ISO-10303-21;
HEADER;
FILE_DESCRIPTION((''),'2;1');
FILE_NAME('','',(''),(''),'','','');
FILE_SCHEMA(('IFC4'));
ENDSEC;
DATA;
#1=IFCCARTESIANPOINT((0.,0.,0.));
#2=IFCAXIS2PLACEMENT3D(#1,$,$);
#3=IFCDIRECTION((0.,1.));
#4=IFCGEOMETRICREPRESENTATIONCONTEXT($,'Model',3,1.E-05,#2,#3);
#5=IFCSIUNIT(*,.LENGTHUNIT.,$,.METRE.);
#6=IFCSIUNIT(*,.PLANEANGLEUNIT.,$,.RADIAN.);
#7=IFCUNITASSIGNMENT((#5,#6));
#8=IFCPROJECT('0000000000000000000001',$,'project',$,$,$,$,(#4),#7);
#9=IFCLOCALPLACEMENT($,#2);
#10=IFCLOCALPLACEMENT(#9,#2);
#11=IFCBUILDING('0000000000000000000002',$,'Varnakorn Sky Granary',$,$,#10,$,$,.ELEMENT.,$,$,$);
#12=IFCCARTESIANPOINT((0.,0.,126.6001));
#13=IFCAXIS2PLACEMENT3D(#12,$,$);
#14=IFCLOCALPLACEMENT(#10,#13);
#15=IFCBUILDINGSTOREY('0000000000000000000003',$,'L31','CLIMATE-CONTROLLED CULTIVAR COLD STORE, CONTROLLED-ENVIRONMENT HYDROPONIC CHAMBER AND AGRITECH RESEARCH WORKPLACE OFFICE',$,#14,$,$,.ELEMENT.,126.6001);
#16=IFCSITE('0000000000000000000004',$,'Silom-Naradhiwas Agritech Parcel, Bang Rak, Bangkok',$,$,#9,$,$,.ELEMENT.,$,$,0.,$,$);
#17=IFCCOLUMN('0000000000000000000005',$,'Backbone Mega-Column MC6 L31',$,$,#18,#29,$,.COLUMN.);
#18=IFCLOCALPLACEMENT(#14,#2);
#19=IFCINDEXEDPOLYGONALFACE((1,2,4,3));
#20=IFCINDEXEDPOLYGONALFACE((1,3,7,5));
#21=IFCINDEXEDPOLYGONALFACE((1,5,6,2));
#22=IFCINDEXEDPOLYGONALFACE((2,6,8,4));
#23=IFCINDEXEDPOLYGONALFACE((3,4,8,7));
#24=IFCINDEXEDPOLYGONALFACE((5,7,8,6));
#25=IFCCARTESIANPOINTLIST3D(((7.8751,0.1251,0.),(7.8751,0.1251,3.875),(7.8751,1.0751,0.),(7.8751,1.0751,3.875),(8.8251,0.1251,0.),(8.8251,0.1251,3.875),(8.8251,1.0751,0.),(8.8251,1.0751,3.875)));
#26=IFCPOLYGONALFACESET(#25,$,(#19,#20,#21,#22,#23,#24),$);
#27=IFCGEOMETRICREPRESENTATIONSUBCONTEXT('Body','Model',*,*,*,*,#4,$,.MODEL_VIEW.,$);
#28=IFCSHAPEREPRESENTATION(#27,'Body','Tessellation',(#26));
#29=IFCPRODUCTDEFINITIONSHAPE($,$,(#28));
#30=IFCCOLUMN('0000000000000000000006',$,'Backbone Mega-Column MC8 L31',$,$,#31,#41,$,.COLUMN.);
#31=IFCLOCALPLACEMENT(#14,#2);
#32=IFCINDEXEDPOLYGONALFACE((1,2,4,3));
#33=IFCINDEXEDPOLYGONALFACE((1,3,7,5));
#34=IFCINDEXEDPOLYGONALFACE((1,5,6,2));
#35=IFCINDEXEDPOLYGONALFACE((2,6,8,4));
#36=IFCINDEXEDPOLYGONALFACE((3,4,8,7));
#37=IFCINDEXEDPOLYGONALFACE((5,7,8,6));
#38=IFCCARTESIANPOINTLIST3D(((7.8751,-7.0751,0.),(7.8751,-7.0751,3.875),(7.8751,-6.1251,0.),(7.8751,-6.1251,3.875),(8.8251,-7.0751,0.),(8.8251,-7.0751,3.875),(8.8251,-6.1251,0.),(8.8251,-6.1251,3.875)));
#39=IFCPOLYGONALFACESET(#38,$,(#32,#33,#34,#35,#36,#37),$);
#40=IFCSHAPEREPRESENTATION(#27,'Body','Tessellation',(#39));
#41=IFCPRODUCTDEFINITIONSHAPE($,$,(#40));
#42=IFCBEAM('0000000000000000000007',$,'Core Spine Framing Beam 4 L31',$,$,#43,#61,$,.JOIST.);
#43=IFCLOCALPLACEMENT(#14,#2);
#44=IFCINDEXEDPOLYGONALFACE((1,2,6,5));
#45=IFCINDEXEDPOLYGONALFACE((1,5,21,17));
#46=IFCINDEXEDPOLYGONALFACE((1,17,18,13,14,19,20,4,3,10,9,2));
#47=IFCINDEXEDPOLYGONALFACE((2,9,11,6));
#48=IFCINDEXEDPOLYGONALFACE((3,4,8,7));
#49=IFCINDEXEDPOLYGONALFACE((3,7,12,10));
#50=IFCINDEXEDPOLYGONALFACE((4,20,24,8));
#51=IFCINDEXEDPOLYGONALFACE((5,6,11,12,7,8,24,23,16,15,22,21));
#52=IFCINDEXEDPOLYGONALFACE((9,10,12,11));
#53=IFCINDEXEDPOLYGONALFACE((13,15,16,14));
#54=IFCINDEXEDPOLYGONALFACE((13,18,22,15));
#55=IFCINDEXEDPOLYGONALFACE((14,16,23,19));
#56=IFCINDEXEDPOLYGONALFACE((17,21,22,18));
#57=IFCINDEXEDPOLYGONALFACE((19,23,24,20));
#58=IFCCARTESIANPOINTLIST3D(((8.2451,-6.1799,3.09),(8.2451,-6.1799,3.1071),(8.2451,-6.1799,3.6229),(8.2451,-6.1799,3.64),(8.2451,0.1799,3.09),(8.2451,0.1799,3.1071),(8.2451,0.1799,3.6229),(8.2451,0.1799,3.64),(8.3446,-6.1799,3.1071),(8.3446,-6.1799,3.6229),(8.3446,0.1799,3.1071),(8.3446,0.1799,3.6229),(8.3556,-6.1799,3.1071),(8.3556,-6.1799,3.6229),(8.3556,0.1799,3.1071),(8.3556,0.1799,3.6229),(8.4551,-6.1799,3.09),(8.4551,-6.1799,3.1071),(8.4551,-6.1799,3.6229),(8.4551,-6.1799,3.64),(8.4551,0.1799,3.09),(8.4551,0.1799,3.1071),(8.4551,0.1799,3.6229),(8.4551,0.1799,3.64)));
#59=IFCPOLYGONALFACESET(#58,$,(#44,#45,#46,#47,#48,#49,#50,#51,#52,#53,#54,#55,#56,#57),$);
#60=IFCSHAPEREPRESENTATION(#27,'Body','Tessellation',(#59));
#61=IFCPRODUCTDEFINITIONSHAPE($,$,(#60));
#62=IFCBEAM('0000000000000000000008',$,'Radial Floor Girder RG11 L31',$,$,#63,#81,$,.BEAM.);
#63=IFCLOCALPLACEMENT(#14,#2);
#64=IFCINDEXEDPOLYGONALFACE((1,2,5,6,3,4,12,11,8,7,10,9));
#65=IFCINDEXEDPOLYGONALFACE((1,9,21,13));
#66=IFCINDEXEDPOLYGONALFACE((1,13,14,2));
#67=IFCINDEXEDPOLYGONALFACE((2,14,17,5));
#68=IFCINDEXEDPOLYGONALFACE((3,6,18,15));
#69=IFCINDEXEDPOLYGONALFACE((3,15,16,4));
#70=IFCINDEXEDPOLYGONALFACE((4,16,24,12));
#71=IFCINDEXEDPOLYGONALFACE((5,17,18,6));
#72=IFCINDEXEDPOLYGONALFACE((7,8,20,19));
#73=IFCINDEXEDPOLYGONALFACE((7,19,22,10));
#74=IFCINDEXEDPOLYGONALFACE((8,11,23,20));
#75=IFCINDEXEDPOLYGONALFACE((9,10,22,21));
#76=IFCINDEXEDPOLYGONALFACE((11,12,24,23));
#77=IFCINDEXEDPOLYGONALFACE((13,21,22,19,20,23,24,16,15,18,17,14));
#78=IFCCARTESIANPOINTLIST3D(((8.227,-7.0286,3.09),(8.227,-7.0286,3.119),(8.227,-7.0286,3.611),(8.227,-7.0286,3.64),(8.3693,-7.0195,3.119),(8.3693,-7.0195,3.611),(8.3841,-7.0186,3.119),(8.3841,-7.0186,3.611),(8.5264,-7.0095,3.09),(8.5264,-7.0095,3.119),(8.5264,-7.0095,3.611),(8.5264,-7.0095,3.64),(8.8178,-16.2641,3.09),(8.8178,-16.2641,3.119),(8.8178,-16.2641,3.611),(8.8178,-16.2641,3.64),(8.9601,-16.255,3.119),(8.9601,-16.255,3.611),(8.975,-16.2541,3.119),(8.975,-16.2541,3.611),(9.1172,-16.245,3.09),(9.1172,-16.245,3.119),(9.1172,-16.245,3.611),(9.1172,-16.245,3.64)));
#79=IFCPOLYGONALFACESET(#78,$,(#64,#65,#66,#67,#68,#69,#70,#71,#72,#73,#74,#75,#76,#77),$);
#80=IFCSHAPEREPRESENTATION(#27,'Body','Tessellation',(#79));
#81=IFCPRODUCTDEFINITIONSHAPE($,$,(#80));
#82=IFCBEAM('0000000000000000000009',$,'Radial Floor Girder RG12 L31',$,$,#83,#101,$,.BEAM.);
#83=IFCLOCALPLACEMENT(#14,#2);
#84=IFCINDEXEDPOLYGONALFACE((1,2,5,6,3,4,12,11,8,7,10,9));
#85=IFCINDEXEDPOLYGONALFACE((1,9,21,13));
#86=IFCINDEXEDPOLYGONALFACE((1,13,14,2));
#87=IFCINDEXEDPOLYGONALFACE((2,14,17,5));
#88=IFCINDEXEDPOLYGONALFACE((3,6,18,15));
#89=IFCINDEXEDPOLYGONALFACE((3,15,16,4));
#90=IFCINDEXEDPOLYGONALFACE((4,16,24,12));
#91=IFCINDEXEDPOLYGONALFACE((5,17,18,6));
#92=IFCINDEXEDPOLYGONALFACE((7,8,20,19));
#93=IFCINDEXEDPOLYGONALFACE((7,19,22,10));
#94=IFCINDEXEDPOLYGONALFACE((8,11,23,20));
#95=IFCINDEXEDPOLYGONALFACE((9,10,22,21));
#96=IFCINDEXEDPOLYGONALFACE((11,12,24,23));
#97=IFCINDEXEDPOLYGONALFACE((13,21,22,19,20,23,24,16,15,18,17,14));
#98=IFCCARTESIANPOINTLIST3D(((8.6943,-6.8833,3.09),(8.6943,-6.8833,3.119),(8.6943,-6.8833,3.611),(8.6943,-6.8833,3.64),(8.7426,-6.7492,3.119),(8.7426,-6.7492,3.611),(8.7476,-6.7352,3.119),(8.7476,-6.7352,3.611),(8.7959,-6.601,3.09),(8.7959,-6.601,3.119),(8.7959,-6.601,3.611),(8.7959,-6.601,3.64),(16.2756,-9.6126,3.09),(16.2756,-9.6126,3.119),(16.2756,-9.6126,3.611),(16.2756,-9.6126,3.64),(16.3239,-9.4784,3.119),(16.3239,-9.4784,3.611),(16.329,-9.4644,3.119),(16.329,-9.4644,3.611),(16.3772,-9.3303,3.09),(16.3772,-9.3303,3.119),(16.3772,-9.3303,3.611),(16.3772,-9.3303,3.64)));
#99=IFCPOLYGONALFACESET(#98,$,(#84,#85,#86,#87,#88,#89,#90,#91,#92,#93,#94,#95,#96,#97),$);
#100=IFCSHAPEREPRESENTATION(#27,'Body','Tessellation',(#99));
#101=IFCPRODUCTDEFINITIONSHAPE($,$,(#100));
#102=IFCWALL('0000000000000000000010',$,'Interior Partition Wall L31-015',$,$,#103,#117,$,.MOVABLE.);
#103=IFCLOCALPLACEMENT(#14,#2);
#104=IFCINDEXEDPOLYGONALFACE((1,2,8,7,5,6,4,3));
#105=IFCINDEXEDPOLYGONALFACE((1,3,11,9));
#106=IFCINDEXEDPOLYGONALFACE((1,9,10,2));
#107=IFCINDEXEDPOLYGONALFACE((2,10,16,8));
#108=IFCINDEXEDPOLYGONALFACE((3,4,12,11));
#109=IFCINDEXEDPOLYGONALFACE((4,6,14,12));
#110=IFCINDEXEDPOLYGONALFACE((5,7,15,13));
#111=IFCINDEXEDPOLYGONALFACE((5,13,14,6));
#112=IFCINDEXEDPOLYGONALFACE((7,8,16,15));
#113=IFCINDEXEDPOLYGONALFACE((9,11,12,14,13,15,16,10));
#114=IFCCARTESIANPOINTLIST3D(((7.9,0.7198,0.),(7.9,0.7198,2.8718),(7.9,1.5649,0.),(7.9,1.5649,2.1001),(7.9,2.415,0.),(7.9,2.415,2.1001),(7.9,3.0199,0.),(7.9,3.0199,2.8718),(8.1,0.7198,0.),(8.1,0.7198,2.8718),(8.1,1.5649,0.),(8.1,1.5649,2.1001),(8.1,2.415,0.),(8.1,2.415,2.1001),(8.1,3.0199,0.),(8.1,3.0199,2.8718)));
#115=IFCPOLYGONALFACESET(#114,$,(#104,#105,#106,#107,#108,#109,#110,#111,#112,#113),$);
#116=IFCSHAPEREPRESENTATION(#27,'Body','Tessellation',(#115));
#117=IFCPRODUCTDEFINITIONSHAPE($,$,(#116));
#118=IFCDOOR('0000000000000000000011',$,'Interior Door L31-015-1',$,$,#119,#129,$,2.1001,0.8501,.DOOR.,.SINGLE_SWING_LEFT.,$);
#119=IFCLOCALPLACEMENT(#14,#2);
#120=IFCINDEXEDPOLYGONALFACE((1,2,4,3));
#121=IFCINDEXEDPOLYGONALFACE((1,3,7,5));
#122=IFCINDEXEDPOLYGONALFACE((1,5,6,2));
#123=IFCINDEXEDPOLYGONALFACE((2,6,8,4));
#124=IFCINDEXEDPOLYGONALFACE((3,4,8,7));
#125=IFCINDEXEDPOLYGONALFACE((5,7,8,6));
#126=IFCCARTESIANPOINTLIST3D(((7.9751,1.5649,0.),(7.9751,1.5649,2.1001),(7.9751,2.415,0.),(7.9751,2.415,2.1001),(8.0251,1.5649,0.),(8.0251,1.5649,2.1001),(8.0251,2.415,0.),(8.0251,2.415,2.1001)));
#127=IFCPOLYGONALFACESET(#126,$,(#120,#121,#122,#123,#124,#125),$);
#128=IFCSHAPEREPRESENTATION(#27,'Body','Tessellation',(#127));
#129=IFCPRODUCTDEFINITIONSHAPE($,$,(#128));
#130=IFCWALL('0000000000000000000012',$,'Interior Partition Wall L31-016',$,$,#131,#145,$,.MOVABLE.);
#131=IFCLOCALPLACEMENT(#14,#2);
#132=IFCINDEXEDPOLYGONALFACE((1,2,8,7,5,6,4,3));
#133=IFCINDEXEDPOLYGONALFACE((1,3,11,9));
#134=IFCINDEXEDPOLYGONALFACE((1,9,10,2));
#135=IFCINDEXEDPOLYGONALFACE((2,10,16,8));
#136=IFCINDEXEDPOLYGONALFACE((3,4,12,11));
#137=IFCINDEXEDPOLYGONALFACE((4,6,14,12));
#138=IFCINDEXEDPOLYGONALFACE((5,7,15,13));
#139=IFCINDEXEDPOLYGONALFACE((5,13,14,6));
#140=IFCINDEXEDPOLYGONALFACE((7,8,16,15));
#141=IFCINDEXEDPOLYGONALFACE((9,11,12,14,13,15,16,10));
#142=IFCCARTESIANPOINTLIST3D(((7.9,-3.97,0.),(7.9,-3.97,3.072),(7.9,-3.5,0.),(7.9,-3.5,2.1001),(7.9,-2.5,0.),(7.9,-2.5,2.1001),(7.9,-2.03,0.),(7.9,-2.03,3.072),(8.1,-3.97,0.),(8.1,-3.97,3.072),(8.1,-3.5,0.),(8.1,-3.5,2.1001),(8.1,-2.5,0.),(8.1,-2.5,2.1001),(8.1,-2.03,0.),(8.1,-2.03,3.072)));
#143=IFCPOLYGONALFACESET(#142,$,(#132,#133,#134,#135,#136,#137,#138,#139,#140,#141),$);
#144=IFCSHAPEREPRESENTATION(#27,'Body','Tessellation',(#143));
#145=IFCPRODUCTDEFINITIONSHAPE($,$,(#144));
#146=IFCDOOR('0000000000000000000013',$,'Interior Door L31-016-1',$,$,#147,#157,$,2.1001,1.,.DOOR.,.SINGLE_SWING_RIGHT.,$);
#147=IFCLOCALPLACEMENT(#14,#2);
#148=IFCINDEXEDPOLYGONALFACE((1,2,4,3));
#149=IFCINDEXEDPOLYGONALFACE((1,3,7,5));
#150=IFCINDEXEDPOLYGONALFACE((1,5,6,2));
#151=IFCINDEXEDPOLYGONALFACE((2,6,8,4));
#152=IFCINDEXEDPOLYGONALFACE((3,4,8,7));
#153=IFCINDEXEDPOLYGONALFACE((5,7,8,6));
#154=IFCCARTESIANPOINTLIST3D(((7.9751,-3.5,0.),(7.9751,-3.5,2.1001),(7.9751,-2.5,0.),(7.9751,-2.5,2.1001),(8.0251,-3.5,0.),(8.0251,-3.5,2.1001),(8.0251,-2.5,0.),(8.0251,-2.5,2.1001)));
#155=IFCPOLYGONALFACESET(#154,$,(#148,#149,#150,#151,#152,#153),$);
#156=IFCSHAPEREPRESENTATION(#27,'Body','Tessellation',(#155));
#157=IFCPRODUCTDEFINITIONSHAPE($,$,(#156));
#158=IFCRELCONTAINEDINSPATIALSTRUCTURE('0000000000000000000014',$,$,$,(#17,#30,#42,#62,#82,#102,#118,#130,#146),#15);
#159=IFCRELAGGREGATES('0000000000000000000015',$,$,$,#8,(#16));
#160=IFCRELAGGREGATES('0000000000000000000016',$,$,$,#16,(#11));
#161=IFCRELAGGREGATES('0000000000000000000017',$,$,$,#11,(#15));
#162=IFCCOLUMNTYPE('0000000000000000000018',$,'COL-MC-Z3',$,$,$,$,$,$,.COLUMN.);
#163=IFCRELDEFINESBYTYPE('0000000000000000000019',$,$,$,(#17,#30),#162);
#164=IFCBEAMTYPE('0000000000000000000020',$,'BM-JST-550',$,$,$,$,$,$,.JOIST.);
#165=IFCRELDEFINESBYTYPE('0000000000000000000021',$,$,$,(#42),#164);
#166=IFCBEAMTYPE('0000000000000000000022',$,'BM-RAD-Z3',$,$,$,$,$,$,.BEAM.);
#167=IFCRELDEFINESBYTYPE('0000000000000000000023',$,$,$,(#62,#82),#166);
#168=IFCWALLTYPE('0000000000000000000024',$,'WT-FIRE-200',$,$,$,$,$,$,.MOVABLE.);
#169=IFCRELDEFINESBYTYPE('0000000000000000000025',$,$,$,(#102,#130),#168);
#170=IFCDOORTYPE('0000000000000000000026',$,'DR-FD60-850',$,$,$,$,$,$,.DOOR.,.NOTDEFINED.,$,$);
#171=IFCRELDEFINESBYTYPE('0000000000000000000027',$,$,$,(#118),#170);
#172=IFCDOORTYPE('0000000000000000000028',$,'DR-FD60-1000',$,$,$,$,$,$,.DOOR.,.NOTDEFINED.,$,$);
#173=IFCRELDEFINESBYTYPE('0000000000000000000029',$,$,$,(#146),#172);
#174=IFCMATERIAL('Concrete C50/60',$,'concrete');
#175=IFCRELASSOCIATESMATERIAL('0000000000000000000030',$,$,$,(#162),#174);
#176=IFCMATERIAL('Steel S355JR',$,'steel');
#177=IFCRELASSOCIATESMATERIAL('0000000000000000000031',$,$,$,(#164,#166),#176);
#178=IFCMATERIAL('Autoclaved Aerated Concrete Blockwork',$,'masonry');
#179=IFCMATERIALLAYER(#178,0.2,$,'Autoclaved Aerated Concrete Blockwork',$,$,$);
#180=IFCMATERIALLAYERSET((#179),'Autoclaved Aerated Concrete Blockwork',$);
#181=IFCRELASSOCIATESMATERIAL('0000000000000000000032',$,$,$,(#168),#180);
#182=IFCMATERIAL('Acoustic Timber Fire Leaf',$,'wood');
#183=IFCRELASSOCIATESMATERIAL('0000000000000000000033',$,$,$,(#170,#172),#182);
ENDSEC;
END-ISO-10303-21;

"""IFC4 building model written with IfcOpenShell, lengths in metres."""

from ifc_helpers import new_model, si_unit, direction, frame, frame_2d, origin, origin_2d, place, context, subcontext, project, spatial, rectangle, i_section, extrude, material, layer, layer_set, material_profile, profile_set, type_object, element, fill, save


model = new_model("IFC4")

# Units and contexts
model_context = context("Model", 3, precision=1e-05, world=origin(), true_north=direction((0.0, 1.0)))
body_context = subcontext(model_context, "Body", "Model", "MODEL_VIEW")
ifc_project = project(units=[si_unit("LENGTHUNIT", "METRE"), si_unit("PLANEANGLEUNIT", "RADIAN")], contexts=[model_context])

# Site, building, storey
site_placement = place(None, origin())
site = spatial("IfcSite", under=ifc_project, at=site_placement, Name="Silom-Naradhiwas Agritech Parcel, Bang Rak, Bangkok", CompositionType="ELEMENT", RefElevation=0.0)
building_placement = place(site_placement, origin())
building = spatial("IfcBuilding", under=site, at=building_placement, Name="Varnakorn Sky Granary", CompositionType="ELEMENT")
storey_placement = place(building_placement, frame((0.0, 0.0, 126.6001)))
storey = spatial("IfcBuildingStorey", under=building, at=storey_placement, Name="L31", Description="CLIMATE-CONTROLLED CULTIVAR COLD STORE, CONTROLLED-ENVIRONMENT HYDROPONIC CHAMBER AND AGRITECH RESEARCH WORKPLACE OFFICE", CompositionType="ELEMENT", Elevation=126.6001)

# Columns
ifc_material_1 = material(Name="Concrete C50/60", Category="concrete")
ifc_material_profile_1 = material_profile(ifc_material_1, rectangle(XDim=0.95, YDim=0.95, at=origin_2d()), Name="RC 950x950")
ifc_profile_set_1 = profile_set([ifc_material_profile_1], Name="Concrete C50/60")
column_type = type_object("IfcColumnType", Name="COL-MC-Z3", PredefinedType="COLUMN", material=ifc_profile_set_1)
for number, where, z_axis, x_axis, name in (
    (1, (8.3501, 0.6001, 0.0), (0.0, 0.0, 1.0), (1.0, 0.0, 0.0), "Backbone Mega-Column MC6 L31"),
    (2, (8.3501, -6.6001, 0.0), (0.0, 0.0, 1.0), (1.0, 0.0, 0.0), "Backbone Mega-Column MC8 L31"),
):
    element("IfcColumn", number, at=place(storey_placement, frame(where, z_axis=z_axis, x_axis=x_axis)), inside=storey, type_object=column_type, Name=name, PredefinedType="COLUMN", context=body_context, shape_type="SweptSolid", body=[
        extrude(rectangle(XDim=0.95, YDim=0.95, at=origin_2d()), origin(), (0.0, 0.0, 1.0), 3.875),
    ])

# Beams
ifc_material_2 = material(Name="Steel S355JR", Category="steel")
ifc_material_profile_2 = material_profile(ifc_material_2, i_section(OverallWidth=0.21, OverallDepth=0.55, WebThickness=0.011, FlangeThickness=0.0171, at=origin_2d()), Name="IPE 550")
ifc_profile_set_2 = profile_set([ifc_material_profile_2], Name="Steel S355JR")
beam_type_1 = type_object("IfcBeamType", Name="BM-JST-550", PredefinedType="JOIST", material=ifc_profile_set_2)
beam_1_placement = place(storey_placement, frame((8.3501, 0.1799, 3.365), z_axis=(0.0, -1.0, 0.0), x_axis=(1.0, 0.0, 0.0)))
element("IfcBeam", 3, at=beam_1_placement, inside=storey, type_object=beam_type_1, Name="Core Spine Framing Beam 4 L31", PredefinedType="JOIST", context=body_context, shape_type="SweptSolid", body=[
    extrude(i_section(OverallWidth=0.21, OverallDepth=0.55, WebThickness=0.011, FlangeThickness=0.0171, at=origin_2d()), origin(), (0.0, 0.0, 1.0), 6.3599),
])
ifc_material_profile_3 = material_profile(ifc_material_2, i_section(OverallWidth=0.3, OverallDepth=0.55, WebThickness=0.0149, FlangeThickness=0.0291, at=origin_2d()), Name="HE 550 B")
ifc_profile_set_3 = profile_set([ifc_material_profile_3], Name="Steel S355JR")
beam_type_2 = type_object("IfcBeamType", Name="BM-RAD-Z3", PredefinedType="BEAM", material=ifc_profile_set_3)
beam_2_placement = place(storey_placement, frame((8.3767, -7.019, 3.365), z_axis=(0.063842, -0.99796, 0.0), x_axis=(0.99796, 0.063842, 0.0)))
element("IfcBeam", 4, at=beam_2_placement, inside=storey, type_object=beam_type_2, Name="Radial Floor Girder RG11 L31", PredefinedType="BEAM", context=body_context, shape_type="SweptSolid", body=[
    extrude(i_section(OverallWidth=0.3, OverallDepth=0.55, WebThickness=0.0149, FlangeThickness=0.0291, at=origin_2d()), origin(), (0.0, 0.0, 1.0), 9.2544),
])
beam_3_placement = place(storey_placement, frame((8.7451, -6.7422, 3.365), z_axis=(0.940888, -0.338717, 0.0), x_axis=(0.338717, 0.940888, 0.0)))
element("IfcBeam", 5, at=beam_3_placement, inside=storey, type_object=beam_type_2, Name="Radial Floor Girder RG12 L31", PredefinedType="BEAM", context=body_context, shape_type="SweptSolid", body=[
    extrude(i_section(OverallWidth=0.3, OverallDepth=0.55, WebThickness=0.0149, FlangeThickness=0.0291, at=origin_2d()), origin(), (0.0, 0.0, 1.0), 8.0576),
])

# Walls, openings, doors
ifc_material_3 = material(Name="Autoclaved Aerated Concrete Blockwork", Category="masonry")
ifc_layer_1 = layer(ifc_material_3, 0.2, Name="Autoclaved Aerated Concrete Blockwork")
ifc_layer_set_1 = layer_set([ifc_layer_1], Name="Autoclaved Aerated Concrete Blockwork")
wall_type_1 = type_object("IfcWallType", Name="WT-FIRE-200", PredefinedType="MOVABLE", material=ifc_layer_set_1)
wall_1_placement = place(storey_placement, frame((8.0, 0.72, 0.0), z_axis=(0.0, 0.0, 1.0), x_axis=(0.0, 1.0, 0.0)))
wall_1 = element("IfcWall", 6, at=wall_1_placement, inside=storey, type_object=wall_type_1, Name="Interior Partition Wall L31-015", PredefinedType="MOVABLE", context=body_context, shape_type="SweptSolid", body=[
    extrude(rectangle(XDim=2.3, YDim=0.2, at=frame_2d((1.1499, 0.0))), origin(), (0.0, 0.0, 1.0), 2.8718),
])
opening_1_placement = place(wall_1_placement, frame((0.845, 0.0, 0.0)))
opening_1 = element("IfcOpeningElement", 7, at=opening_1_placement, cuts=wall_1, PredefinedType="OPENING", context=body_context, shape_type="SweptSolid", body=[
    extrude(rectangle(XDim=0.8501, YDim=2.1001, at=frame_2d((0.425, 1.05))), frame((0.0, 0.1099, 0.0), z_axis=(0.0, -1.0, 0.0), x_axis=(1.0, 0.0, 0.0)), (0.0, 0.0, 1.0), 0.22),
])
ifc_material_4 = material(Name="Acoustic Timber Fire Leaf", Category="wood")
door_type_1 = type_object("IfcDoorType", Name="DR-FD60-850", OperationType="NOTDEFINED", PredefinedType="DOOR", material=ifc_material_4)
door_1_placement = place(opening_1_placement, origin())
door_1 = element("IfcDoor", 8, at=door_1_placement, inside=storey, type_object=door_type_1, Name="Interior Door L31-015-1", OperationType="SINGLE_SWING_LEFT", OverallHeight=2.1001, OverallWidth=0.8501, PredefinedType="DOOR", context=body_context, shape_type="SweptSolid", body=[
    extrude(rectangle(XDim=0.8501, YDim=2.1001, at=frame_2d((0.425, 1.05))), frame((0.0, 0.0249, 0.0), z_axis=(0.0, -1.0, 0.0), x_axis=(1.0, 0.0, 0.0)), (0.0, 0.0, 1.0), 0.05),
])
fill(opening_1, door_1)
wall_2_placement = place(storey_placement, frame((8.0, -3.97, 0.0), z_axis=(0.0, 0.0, 1.0), x_axis=(0.0, 1.0, 0.0)))
wall_2 = element("IfcWall", 9, at=wall_2_placement, inside=storey, type_object=wall_type_1, Name="Interior Partition Wall L31-016", PredefinedType="MOVABLE", context=body_context, shape_type="SweptSolid", body=[
    extrude(rectangle(XDim=1.9399, YDim=0.2, at=frame_2d((0.97, 0.0))), origin(), (0.0, 0.0, 1.0), 3.072),
])
opening_2_placement = place(wall_2_placement, frame((0.47, 0.0, 0.0)))
opening_2 = element("IfcOpeningElement", 10, at=opening_2_placement, cuts=wall_2, PredefinedType="OPENING", context=body_context, shape_type="SweptSolid", body=[
    extrude(rectangle(XDim=1.0, YDim=2.1001, at=frame_2d((0.5, 1.05))), frame((0.0, 0.1099, 0.0), z_axis=(0.0, -1.0, 0.0), x_axis=(1.0, 0.0, 0.0)), (0.0, 0.0, 1.0), 0.22),
])
door_type_2 = type_object("IfcDoorType", Name="DR-FD60-1000", OperationType="NOTDEFINED", PredefinedType="DOOR", material=ifc_material_4)
door_2_placement = place(opening_2_placement, origin())
door_2 = element("IfcDoor", 11, at=door_2_placement, inside=storey, type_object=door_type_2, Name="Interior Door L31-016-1", OperationType="SINGLE_SWING_RIGHT", OverallHeight=2.1001, OverallWidth=1.0, PredefinedType="DOOR", context=body_context, shape_type="SweptSolid", body=[
    extrude(rectangle(XDim=1.0, YDim=2.1001, at=frame_2d((0.5, 1.05))), frame((0.0, 0.0249, 0.0), z_axis=(0.0, -1.0, 0.0), x_axis=(1.0, 0.0, 0.0)), (0.0, 0.0, 1.0), 0.05),
])
fill(opening_2, door_2)

save(model, "model.ifc")
